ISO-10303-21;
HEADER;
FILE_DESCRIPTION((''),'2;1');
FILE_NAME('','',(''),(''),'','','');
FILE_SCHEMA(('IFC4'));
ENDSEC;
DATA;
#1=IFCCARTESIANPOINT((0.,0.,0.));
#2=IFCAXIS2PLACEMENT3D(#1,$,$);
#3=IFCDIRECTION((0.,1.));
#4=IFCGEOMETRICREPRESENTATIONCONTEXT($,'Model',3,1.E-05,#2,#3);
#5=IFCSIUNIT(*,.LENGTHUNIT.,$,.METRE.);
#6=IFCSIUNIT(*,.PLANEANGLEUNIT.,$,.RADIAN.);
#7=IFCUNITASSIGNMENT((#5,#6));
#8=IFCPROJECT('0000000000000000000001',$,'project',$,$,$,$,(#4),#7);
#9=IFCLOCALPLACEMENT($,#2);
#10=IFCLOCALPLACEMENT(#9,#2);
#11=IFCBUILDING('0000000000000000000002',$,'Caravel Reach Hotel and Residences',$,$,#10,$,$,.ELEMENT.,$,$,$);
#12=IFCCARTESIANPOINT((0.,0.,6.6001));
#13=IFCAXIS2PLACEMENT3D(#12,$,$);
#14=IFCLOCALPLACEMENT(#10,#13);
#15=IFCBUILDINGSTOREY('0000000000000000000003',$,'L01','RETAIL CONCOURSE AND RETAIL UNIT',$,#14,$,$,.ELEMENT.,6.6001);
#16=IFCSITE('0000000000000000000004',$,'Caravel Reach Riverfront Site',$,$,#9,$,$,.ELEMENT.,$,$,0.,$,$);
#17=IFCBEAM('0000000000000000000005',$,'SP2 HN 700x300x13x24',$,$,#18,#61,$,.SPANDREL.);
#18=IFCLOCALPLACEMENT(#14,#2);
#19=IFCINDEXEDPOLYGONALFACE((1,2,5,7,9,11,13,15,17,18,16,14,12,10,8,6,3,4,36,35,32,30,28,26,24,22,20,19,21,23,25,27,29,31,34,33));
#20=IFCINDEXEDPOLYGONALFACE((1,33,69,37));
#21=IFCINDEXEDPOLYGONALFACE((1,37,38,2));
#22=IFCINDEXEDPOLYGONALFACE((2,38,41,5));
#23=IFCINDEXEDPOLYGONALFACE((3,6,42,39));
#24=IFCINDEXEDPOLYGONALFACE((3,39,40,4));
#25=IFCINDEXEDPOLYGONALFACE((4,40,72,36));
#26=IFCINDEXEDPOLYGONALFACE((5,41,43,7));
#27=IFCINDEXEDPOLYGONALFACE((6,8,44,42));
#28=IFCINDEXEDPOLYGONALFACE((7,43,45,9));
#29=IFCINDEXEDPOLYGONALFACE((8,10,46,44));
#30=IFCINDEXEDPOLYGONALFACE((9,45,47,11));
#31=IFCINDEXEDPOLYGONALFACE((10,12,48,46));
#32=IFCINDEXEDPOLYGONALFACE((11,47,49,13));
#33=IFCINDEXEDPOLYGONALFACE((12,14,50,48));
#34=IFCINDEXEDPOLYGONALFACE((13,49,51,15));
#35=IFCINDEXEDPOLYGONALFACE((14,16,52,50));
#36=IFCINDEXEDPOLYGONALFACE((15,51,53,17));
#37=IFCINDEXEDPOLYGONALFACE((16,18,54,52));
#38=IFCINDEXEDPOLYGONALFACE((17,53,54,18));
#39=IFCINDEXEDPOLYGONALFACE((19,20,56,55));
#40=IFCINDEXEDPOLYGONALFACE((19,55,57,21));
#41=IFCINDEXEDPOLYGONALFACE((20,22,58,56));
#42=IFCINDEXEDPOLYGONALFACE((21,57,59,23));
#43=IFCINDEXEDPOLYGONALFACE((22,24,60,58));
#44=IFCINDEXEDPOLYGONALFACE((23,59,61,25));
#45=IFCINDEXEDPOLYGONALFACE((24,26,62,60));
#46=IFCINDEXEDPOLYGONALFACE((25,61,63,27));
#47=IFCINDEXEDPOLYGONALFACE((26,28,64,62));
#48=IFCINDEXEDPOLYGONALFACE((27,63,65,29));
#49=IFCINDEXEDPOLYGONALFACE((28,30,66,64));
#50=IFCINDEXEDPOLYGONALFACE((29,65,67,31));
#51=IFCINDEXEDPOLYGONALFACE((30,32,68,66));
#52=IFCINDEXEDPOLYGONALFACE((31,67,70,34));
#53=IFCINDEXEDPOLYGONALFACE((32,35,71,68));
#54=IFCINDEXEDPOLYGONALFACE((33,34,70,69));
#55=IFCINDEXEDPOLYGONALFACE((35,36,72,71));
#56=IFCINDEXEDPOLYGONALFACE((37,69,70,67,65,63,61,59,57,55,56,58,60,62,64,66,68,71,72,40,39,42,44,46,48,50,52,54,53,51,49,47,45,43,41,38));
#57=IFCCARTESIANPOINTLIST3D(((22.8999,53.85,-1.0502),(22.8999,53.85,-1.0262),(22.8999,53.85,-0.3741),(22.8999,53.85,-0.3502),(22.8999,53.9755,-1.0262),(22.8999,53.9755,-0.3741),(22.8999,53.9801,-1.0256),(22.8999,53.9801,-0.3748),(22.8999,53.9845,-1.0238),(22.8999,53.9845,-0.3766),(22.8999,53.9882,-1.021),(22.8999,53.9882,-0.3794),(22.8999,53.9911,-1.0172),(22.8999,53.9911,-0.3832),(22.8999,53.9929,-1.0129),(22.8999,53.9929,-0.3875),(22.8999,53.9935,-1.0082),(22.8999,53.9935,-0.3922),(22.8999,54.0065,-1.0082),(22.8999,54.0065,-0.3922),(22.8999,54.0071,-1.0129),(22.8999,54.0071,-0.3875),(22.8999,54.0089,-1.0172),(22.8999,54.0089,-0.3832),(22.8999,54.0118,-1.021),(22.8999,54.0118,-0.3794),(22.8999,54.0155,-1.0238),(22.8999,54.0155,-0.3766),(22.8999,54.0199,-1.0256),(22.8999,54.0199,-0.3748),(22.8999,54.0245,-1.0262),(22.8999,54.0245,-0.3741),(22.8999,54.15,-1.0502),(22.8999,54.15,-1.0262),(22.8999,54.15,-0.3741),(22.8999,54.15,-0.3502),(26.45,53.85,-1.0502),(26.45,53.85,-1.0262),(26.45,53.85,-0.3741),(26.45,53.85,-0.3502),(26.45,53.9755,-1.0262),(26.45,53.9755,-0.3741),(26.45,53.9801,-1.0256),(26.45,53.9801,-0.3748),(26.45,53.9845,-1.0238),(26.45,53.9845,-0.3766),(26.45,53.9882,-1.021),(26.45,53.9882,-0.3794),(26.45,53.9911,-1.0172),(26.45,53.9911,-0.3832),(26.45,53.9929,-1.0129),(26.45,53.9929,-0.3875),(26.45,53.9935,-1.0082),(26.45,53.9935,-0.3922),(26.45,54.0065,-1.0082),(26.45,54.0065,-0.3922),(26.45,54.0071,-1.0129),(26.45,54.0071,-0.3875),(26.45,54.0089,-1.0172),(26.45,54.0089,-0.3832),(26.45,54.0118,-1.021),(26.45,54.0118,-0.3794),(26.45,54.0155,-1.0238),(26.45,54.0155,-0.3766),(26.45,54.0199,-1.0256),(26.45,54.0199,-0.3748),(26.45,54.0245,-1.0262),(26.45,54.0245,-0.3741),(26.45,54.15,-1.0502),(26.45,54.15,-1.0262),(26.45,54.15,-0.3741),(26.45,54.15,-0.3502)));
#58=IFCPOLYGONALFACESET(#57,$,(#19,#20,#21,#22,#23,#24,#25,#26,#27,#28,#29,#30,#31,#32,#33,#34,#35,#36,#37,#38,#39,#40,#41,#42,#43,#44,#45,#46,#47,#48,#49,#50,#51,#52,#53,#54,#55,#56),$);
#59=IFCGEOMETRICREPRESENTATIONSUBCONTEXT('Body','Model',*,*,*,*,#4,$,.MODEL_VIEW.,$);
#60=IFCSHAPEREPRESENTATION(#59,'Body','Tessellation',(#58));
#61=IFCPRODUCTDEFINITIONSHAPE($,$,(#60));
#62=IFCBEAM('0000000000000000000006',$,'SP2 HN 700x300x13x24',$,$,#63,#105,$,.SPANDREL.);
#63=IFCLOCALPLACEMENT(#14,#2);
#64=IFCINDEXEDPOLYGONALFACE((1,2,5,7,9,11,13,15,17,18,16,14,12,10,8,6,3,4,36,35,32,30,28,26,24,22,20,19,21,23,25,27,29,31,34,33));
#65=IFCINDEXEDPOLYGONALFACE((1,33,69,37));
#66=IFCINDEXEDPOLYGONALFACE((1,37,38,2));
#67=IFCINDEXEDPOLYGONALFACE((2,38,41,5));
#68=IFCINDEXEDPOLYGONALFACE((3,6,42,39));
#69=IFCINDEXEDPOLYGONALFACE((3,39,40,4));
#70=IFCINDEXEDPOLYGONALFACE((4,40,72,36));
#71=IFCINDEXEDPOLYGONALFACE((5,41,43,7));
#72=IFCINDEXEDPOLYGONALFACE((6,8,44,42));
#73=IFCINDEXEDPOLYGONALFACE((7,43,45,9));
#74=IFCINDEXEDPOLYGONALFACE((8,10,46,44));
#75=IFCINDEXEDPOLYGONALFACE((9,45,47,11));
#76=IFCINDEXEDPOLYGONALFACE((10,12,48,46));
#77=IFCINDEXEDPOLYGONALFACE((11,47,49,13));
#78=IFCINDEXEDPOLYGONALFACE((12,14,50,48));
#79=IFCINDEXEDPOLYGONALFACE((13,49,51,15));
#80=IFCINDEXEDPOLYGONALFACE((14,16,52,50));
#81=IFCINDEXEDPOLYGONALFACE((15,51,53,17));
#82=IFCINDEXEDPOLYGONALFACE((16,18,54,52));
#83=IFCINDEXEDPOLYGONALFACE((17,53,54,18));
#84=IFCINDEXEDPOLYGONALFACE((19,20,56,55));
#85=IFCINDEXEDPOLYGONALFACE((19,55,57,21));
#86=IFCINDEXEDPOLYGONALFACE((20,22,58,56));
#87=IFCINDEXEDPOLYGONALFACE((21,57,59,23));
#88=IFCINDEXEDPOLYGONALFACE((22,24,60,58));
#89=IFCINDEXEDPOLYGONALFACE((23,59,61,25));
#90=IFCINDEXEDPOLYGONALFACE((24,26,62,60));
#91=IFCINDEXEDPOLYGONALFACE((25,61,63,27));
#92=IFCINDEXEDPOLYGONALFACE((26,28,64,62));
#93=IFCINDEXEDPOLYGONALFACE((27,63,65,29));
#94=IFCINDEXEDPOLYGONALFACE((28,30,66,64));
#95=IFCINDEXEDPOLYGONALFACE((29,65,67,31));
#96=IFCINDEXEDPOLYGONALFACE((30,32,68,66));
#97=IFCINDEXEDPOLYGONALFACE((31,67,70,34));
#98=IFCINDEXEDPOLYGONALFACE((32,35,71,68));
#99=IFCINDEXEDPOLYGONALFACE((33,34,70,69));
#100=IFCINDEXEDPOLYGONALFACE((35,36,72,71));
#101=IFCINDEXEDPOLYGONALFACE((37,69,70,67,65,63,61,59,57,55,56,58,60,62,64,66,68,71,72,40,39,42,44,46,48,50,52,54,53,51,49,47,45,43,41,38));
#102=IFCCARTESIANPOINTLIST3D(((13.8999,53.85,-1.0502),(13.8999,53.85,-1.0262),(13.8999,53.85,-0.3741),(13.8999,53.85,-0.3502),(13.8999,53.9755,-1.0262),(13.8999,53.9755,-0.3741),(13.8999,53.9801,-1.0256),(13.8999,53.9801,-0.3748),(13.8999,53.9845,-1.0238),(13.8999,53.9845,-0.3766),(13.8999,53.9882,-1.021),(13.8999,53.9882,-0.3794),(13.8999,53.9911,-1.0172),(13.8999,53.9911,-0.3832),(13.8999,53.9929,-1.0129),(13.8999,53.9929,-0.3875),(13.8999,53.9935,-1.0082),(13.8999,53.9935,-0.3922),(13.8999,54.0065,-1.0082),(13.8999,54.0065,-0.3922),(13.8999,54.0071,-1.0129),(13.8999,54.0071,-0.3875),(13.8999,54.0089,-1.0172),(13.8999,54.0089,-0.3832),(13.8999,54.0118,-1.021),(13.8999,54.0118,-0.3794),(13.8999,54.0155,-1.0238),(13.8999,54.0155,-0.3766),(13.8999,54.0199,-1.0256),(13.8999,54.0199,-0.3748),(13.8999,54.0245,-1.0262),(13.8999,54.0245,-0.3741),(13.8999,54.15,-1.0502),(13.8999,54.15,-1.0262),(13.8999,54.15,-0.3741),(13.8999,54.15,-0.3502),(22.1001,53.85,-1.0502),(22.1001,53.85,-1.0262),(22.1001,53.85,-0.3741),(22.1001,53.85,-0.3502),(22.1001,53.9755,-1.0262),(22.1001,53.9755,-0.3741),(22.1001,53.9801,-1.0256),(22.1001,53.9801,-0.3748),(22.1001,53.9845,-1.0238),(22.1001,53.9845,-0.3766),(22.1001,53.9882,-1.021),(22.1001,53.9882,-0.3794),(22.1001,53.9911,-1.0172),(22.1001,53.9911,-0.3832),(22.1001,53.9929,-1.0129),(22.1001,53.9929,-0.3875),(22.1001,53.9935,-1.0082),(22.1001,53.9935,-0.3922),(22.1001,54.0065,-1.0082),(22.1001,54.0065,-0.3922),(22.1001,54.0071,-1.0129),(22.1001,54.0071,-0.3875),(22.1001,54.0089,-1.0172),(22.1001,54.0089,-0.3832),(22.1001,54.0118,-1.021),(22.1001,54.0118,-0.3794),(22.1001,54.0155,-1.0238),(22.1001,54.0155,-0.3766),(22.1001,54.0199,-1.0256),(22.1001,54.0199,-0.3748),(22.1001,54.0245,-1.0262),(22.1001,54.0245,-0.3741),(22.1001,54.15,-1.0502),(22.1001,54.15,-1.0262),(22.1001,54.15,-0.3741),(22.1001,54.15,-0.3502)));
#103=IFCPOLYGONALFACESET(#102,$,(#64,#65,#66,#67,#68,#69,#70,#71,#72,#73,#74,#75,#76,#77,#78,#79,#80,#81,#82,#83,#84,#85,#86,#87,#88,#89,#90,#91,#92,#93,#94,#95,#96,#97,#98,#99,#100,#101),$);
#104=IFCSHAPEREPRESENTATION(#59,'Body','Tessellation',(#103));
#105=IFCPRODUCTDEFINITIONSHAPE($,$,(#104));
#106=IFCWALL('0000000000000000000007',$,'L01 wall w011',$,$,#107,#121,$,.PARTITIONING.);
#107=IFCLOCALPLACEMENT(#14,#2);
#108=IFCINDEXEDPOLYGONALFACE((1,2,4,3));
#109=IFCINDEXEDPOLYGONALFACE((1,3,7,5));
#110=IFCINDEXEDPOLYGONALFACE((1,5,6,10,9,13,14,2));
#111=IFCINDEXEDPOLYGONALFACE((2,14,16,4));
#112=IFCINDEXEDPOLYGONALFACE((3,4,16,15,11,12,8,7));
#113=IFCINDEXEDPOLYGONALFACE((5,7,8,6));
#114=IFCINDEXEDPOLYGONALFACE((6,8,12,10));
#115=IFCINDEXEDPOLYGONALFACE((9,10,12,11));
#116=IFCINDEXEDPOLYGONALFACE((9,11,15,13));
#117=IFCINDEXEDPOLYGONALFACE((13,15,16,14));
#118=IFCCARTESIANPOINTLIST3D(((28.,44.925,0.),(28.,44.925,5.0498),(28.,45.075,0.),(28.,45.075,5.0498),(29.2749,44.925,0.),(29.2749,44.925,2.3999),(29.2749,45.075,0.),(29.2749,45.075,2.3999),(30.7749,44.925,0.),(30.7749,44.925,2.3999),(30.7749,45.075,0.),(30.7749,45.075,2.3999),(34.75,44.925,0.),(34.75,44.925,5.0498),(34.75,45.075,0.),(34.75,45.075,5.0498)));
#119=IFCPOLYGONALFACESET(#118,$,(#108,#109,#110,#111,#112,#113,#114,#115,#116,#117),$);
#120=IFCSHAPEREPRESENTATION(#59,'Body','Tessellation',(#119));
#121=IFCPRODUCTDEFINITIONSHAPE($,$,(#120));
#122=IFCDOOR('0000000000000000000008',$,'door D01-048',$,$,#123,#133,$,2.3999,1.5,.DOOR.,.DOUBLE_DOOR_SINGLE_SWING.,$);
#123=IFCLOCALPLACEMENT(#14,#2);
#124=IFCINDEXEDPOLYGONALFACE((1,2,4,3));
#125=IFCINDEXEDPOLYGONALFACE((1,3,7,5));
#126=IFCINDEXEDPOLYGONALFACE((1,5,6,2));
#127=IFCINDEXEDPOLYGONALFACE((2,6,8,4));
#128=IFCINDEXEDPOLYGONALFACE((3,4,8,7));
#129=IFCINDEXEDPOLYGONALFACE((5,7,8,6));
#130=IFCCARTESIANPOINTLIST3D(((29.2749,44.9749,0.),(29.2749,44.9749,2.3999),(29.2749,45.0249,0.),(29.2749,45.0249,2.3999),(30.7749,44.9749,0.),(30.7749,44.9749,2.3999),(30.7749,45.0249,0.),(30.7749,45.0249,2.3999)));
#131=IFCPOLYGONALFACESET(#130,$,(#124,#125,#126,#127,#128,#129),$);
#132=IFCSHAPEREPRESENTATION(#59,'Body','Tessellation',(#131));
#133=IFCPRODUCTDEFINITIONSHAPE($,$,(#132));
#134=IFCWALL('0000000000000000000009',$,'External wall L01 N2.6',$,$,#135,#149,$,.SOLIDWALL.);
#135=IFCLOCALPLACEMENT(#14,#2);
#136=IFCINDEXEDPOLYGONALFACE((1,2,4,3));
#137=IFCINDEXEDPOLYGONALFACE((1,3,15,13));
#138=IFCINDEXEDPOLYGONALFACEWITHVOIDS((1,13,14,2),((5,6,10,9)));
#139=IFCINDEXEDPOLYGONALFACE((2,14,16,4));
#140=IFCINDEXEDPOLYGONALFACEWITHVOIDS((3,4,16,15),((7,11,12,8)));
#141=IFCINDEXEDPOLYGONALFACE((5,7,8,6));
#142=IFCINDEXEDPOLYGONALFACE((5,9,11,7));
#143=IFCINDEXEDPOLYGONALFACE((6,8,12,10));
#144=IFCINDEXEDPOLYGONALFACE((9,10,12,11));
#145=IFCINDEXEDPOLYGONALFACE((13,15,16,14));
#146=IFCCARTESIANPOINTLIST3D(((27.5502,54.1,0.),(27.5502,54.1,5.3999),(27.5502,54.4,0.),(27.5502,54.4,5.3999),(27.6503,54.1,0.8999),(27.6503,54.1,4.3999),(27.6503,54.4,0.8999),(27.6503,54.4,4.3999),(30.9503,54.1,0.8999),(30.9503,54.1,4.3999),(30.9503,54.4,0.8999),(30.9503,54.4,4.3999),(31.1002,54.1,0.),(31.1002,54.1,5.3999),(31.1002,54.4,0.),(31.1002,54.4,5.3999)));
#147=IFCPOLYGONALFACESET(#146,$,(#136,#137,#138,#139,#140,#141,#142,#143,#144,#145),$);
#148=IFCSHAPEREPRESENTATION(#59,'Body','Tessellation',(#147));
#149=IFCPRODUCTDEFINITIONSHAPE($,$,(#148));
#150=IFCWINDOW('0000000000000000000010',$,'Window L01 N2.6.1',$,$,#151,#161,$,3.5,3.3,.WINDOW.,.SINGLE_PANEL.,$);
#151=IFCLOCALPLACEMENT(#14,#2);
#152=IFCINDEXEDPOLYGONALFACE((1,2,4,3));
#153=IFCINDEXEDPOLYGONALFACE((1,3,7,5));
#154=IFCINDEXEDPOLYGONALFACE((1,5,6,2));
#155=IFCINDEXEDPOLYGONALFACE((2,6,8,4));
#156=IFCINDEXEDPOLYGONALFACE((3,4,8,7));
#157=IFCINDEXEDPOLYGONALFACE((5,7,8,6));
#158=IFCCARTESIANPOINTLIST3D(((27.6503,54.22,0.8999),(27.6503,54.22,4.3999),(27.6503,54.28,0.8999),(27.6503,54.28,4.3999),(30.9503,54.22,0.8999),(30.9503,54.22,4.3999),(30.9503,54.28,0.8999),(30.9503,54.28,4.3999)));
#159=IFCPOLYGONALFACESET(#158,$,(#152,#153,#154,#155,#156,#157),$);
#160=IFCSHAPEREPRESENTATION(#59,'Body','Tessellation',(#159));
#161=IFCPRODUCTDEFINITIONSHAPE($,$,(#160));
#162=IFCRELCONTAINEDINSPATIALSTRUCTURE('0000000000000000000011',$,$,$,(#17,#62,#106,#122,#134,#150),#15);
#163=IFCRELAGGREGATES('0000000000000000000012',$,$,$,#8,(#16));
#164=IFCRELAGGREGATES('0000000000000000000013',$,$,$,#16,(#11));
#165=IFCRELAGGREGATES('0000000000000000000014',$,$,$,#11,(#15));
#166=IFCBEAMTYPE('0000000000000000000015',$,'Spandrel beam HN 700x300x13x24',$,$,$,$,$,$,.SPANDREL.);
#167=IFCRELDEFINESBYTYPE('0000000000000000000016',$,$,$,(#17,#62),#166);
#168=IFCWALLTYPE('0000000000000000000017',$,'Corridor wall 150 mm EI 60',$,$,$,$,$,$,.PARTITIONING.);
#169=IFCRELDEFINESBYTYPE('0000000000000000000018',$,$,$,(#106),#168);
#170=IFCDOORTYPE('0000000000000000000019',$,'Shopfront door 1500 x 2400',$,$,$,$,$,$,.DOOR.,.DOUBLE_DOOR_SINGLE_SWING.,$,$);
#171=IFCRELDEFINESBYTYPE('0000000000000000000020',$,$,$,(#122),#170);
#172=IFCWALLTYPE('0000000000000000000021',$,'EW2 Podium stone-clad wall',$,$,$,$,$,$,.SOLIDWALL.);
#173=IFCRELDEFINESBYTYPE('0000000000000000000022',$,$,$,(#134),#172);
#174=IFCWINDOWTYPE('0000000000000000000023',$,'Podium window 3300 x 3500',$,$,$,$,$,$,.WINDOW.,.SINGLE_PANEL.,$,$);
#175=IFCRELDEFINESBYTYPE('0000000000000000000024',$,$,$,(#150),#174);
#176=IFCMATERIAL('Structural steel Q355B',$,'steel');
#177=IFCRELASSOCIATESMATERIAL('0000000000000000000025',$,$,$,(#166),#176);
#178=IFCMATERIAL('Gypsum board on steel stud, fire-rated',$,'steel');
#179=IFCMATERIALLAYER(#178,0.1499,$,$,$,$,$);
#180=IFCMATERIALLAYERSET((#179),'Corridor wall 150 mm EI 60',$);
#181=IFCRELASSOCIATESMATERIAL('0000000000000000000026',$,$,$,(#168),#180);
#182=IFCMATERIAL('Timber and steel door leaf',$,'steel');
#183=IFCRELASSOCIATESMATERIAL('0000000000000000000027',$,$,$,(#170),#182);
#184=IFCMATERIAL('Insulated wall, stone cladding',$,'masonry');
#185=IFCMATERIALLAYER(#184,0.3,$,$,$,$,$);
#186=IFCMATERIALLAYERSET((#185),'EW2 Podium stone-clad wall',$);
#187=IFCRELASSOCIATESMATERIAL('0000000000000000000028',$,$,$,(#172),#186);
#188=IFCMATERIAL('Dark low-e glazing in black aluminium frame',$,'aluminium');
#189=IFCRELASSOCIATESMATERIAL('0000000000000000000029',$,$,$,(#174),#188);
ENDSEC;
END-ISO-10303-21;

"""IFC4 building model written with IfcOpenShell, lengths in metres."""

from ifc_helpers import new_model, si_unit, direction, frame, frame_2d, origin, origin_2d, place, context, subcontext, project, spatial, rectangle, i_section, extrude, material, layer, layer_set, material_profile, profile_set, type_object, element, fill, save


model = new_model("IFC4")

# Units and contexts
model_context = context("Model", 3, precision=1e-05, world=origin(), true_north=direction((0.0, 1.0)))
body_context = subcontext(model_context, "Body", "Model", "MODEL_VIEW")
ifc_project = project(units=[si_unit("LENGTHUNIT", "METRE"), si_unit("PLANEANGLEUNIT", "RADIAN")], contexts=[model_context])

# Site, building, storey
site_placement = place(None, origin())
site = spatial("IfcSite", under=ifc_project, at=site_placement, Name="Caravel Reach Riverfront Site", CompositionType="ELEMENT", RefElevation=0.0)
building_placement = place(site_placement, origin())
building = spatial("IfcBuilding", under=site, at=building_placement, Name="Caravel Reach Hotel and Residences", CompositionType="ELEMENT")
storey_placement = place(building_placement, frame((0.0, 0.0, 6.6001)))
storey = spatial("IfcBuildingStorey", under=building, at=storey_placement, Name="L01", Description="RETAIL CONCOURSE AND RETAIL UNIT", CompositionType="ELEMENT", Elevation=6.6001)

# Beams
ifc_material_1 = material(Name="Structural steel Q355B", Category="steel")
ifc_material_profile_1 = material_profile(ifc_material_1, i_section(OverallWidth=0.3, OverallDepth=0.7, WebThickness=0.0129, FlangeThickness=0.0239, FilletRadius=0.0181, at=origin_2d()), Name="HN 700x300x13x24")
ifc_profile_set_1 = profile_set([ifc_material_profile_1], Name="Structural steel Q355B")
beam_type = type_object("IfcBeamType", Name="Spandrel beam HN 700x300x13x24", PredefinedType="SPANDREL", material=ifc_profile_set_1)
for number, where, z_axis, x_axis, name in (
    (1, (26.45, 54.0, -0.7002), (-1.0, 0.0, 0.0), (0.0, -1.0, 0.0), "SP2 HN 700x300x13x24"),
):
    element("IfcBeam", number, at=place(storey_placement, frame(where, z_axis=z_axis, x_axis=x_axis)), inside=storey, type_object=beam_type, Name=name, PredefinedType="SPANDREL", context=body_context, shape_type="SweptSolid", body=[
        extrude(i_section(OverallWidth=0.3, OverallDepth=0.7, WebThickness=0.0129, FlangeThickness=0.0239, FilletRadius=0.0181, at=origin_2d()), origin(), (0.0, 0.0, 1.0), 3.55),
    ])
beam_placement = place(storey_placement, frame((22.1001, 54.0, -0.7002), z_axis=(-1.0, 0.0, 0.0), x_axis=(0.0, -1.0, 0.0)))
element("IfcBeam", 2, at=beam_placement, inside=storey, type_object=beam_type, Name="SP2 HN 700x300x13x24", PredefinedType="SPANDREL", context=body_context, shape_type="SweptSolid", body=[
    extrude(i_section(OverallWidth=0.3, OverallDepth=0.7, WebThickness=0.0129, FlangeThickness=0.0239, FilletRadius=0.0181, at=origin_2d()), origin(), (0.0, 0.0, 1.0), 8.2002),
])

# Wall, opening, door
ifc_material_2 = material(Name="Gypsum board on steel stud, fire-rated", Category="steel")
ifc_layer_1 = layer(ifc_material_2, 0.1499)
ifc_layer_set_1 = layer_set([ifc_layer_1], Name="Corridor wall 150 mm EI 60")
wall_type_1 = type_object("IfcWallType", Name="Corridor wall 150 mm EI 60", PredefinedType="PARTITIONING", material=ifc_layer_set_1)
wall_1_placement = place(storey_placement, frame((28.0, 45.0, 0.0), z_axis=(0.0, 0.0, 1.0), x_axis=(1.0, 0.0, 0.0)))
wall_1 = element("IfcWall", 3, at=wall_1_placement, inside=storey, type_object=wall_type_1, Name="L01 wall w011", PredefinedType="PARTITIONING", context=body_context, shape_type="SweptSolid", body=[
    extrude(rectangle(XDim=6.75, YDim=0.1499, at=frame_2d((3.375, 0.0))), origin(), (0.0, 0.0, 1.0), 5.0498),
])
opening_1_placement = place(wall_1_placement, frame((1.2749, 0.0, 0.0)))
opening_1 = element("IfcOpeningElement", 4, at=opening_1_placement, cuts=wall_1, PredefinedType="OPENING", context=body_context, shape_type="SweptSolid", body=[
    extrude(rectangle(XDim=1.5, YDim=2.3999, at=frame_2d((0.75, 1.2))), frame((0.0, 0.085, 0.0), z_axis=(0.0, -1.0, 0.0), x_axis=(1.0, 0.0, 0.0)), (0.0, 0.0, 1.0), 0.1699),
])
ifc_material_3 = material(Name="Timber and steel door leaf", Category="steel")
door_type = type_object("IfcDoorType", Name="Shopfront door 1500 x 2400", OperationType="DOUBLE_DOOR_SINGLE_SWING", PredefinedType="DOOR", material=ifc_material_3)
door_placement = place(opening_1_placement, origin())
door = element("IfcDoor", 5, at=door_placement, inside=storey, type_object=door_type, Name="door D01-048", OperationType="DOUBLE_DOOR_SINGLE_SWING", OverallHeight=2.3999, OverallWidth=1.5, PredefinedType="DOOR", context=body_context, shape_type="SweptSolid", body=[
    extrude(rectangle(XDim=1.5, YDim=2.3999, at=frame_2d((0.75, 1.2))), frame((0.0, 0.0249, 0.0), z_axis=(0.0, -1.0, 0.0), x_axis=(1.0, 0.0, 0.0)), (0.0, 0.0, 1.0), 0.05),
])
fill(opening_1, door)

# Wall, opening, window
ifc_material_4 = material(Name="Insulated wall, stone cladding", Category="masonry")
ifc_layer_2 = layer(ifc_material_4, 0.3)
ifc_layer_set_2 = layer_set([ifc_layer_2], Name="EW2 Podium stone-clad wall")
wall_type_2 = type_object("IfcWallType", Name="EW2 Podium stone-clad wall", PredefinedType="SOLIDWALL", material=ifc_layer_set_2)
wall_2_placement = place(storey_placement, frame((31.1001, 54.25, 0.0), z_axis=(0.0, 0.0, 1.0), x_axis=(-1.0, 0.0, 0.0)))
wall_2 = element("IfcWall", 6, at=wall_2_placement, inside=storey, type_object=wall_type_2, Name="External wall L01 N2.6", PredefinedType="SOLIDWALL", context=body_context, shape_type="SweptSolid", body=[
    extrude(rectangle(XDim=3.55, YDim=0.3, at=frame_2d((1.7749, 0.0))), origin(), (0.0, 0.0, 1.0), 5.3999),
])
opening_2_placement = place(wall_2_placement, frame((0.1499, 0.0, 0.8999)))
opening_2 = element("IfcOpeningElement", 7, at=opening_2_placement, cuts=wall_2, PredefinedType="OPENING", context=body_context, shape_type="SweptSolid", body=[
    extrude(rectangle(XDim=3.3, YDim=3.5, at=frame_2d((1.6499, 1.75))), frame((0.0, 0.1599, 0.0), z_axis=(0.0, -1.0, 0.0), x_axis=(1.0, 0.0, 0.0)), (0.0, 0.0, 1.0), 0.3201),
])
ifc_material_5 = material(Name="Dark low-e glazing in black aluminium frame", Category="aluminium")
window_type = type_object("IfcWindowType", Name="Podium window 3300 x 3500", PartitioningType="SINGLE_PANEL", PredefinedType="WINDOW", material=ifc_material_5)
window_1_placement = place(opening_2_placement, origin())
window_1 = element("IfcWindow", 8, at=window_1_placement, inside=storey, type_object=window_type, Name="Window L01 N2.6.1", OverallHeight=3.5, OverallWidth=3.3, PartitioningType="SINGLE_PANEL", PredefinedType="WINDOW", context=body_context, shape_type="SweptSolid", body=[
    extrude(rectangle(XDim=3.3, YDim=3.5, at=frame_2d((1.6499, 1.75))), frame((0.0, 0.03, 0.0), z_axis=(0.0, -1.0, 0.0), x_axis=(1.0, 0.0, 0.0)), (0.0, 0.0, 1.0), 0.0601),
])
fill(opening_2, window_1)

save(model, "model.ifc")
